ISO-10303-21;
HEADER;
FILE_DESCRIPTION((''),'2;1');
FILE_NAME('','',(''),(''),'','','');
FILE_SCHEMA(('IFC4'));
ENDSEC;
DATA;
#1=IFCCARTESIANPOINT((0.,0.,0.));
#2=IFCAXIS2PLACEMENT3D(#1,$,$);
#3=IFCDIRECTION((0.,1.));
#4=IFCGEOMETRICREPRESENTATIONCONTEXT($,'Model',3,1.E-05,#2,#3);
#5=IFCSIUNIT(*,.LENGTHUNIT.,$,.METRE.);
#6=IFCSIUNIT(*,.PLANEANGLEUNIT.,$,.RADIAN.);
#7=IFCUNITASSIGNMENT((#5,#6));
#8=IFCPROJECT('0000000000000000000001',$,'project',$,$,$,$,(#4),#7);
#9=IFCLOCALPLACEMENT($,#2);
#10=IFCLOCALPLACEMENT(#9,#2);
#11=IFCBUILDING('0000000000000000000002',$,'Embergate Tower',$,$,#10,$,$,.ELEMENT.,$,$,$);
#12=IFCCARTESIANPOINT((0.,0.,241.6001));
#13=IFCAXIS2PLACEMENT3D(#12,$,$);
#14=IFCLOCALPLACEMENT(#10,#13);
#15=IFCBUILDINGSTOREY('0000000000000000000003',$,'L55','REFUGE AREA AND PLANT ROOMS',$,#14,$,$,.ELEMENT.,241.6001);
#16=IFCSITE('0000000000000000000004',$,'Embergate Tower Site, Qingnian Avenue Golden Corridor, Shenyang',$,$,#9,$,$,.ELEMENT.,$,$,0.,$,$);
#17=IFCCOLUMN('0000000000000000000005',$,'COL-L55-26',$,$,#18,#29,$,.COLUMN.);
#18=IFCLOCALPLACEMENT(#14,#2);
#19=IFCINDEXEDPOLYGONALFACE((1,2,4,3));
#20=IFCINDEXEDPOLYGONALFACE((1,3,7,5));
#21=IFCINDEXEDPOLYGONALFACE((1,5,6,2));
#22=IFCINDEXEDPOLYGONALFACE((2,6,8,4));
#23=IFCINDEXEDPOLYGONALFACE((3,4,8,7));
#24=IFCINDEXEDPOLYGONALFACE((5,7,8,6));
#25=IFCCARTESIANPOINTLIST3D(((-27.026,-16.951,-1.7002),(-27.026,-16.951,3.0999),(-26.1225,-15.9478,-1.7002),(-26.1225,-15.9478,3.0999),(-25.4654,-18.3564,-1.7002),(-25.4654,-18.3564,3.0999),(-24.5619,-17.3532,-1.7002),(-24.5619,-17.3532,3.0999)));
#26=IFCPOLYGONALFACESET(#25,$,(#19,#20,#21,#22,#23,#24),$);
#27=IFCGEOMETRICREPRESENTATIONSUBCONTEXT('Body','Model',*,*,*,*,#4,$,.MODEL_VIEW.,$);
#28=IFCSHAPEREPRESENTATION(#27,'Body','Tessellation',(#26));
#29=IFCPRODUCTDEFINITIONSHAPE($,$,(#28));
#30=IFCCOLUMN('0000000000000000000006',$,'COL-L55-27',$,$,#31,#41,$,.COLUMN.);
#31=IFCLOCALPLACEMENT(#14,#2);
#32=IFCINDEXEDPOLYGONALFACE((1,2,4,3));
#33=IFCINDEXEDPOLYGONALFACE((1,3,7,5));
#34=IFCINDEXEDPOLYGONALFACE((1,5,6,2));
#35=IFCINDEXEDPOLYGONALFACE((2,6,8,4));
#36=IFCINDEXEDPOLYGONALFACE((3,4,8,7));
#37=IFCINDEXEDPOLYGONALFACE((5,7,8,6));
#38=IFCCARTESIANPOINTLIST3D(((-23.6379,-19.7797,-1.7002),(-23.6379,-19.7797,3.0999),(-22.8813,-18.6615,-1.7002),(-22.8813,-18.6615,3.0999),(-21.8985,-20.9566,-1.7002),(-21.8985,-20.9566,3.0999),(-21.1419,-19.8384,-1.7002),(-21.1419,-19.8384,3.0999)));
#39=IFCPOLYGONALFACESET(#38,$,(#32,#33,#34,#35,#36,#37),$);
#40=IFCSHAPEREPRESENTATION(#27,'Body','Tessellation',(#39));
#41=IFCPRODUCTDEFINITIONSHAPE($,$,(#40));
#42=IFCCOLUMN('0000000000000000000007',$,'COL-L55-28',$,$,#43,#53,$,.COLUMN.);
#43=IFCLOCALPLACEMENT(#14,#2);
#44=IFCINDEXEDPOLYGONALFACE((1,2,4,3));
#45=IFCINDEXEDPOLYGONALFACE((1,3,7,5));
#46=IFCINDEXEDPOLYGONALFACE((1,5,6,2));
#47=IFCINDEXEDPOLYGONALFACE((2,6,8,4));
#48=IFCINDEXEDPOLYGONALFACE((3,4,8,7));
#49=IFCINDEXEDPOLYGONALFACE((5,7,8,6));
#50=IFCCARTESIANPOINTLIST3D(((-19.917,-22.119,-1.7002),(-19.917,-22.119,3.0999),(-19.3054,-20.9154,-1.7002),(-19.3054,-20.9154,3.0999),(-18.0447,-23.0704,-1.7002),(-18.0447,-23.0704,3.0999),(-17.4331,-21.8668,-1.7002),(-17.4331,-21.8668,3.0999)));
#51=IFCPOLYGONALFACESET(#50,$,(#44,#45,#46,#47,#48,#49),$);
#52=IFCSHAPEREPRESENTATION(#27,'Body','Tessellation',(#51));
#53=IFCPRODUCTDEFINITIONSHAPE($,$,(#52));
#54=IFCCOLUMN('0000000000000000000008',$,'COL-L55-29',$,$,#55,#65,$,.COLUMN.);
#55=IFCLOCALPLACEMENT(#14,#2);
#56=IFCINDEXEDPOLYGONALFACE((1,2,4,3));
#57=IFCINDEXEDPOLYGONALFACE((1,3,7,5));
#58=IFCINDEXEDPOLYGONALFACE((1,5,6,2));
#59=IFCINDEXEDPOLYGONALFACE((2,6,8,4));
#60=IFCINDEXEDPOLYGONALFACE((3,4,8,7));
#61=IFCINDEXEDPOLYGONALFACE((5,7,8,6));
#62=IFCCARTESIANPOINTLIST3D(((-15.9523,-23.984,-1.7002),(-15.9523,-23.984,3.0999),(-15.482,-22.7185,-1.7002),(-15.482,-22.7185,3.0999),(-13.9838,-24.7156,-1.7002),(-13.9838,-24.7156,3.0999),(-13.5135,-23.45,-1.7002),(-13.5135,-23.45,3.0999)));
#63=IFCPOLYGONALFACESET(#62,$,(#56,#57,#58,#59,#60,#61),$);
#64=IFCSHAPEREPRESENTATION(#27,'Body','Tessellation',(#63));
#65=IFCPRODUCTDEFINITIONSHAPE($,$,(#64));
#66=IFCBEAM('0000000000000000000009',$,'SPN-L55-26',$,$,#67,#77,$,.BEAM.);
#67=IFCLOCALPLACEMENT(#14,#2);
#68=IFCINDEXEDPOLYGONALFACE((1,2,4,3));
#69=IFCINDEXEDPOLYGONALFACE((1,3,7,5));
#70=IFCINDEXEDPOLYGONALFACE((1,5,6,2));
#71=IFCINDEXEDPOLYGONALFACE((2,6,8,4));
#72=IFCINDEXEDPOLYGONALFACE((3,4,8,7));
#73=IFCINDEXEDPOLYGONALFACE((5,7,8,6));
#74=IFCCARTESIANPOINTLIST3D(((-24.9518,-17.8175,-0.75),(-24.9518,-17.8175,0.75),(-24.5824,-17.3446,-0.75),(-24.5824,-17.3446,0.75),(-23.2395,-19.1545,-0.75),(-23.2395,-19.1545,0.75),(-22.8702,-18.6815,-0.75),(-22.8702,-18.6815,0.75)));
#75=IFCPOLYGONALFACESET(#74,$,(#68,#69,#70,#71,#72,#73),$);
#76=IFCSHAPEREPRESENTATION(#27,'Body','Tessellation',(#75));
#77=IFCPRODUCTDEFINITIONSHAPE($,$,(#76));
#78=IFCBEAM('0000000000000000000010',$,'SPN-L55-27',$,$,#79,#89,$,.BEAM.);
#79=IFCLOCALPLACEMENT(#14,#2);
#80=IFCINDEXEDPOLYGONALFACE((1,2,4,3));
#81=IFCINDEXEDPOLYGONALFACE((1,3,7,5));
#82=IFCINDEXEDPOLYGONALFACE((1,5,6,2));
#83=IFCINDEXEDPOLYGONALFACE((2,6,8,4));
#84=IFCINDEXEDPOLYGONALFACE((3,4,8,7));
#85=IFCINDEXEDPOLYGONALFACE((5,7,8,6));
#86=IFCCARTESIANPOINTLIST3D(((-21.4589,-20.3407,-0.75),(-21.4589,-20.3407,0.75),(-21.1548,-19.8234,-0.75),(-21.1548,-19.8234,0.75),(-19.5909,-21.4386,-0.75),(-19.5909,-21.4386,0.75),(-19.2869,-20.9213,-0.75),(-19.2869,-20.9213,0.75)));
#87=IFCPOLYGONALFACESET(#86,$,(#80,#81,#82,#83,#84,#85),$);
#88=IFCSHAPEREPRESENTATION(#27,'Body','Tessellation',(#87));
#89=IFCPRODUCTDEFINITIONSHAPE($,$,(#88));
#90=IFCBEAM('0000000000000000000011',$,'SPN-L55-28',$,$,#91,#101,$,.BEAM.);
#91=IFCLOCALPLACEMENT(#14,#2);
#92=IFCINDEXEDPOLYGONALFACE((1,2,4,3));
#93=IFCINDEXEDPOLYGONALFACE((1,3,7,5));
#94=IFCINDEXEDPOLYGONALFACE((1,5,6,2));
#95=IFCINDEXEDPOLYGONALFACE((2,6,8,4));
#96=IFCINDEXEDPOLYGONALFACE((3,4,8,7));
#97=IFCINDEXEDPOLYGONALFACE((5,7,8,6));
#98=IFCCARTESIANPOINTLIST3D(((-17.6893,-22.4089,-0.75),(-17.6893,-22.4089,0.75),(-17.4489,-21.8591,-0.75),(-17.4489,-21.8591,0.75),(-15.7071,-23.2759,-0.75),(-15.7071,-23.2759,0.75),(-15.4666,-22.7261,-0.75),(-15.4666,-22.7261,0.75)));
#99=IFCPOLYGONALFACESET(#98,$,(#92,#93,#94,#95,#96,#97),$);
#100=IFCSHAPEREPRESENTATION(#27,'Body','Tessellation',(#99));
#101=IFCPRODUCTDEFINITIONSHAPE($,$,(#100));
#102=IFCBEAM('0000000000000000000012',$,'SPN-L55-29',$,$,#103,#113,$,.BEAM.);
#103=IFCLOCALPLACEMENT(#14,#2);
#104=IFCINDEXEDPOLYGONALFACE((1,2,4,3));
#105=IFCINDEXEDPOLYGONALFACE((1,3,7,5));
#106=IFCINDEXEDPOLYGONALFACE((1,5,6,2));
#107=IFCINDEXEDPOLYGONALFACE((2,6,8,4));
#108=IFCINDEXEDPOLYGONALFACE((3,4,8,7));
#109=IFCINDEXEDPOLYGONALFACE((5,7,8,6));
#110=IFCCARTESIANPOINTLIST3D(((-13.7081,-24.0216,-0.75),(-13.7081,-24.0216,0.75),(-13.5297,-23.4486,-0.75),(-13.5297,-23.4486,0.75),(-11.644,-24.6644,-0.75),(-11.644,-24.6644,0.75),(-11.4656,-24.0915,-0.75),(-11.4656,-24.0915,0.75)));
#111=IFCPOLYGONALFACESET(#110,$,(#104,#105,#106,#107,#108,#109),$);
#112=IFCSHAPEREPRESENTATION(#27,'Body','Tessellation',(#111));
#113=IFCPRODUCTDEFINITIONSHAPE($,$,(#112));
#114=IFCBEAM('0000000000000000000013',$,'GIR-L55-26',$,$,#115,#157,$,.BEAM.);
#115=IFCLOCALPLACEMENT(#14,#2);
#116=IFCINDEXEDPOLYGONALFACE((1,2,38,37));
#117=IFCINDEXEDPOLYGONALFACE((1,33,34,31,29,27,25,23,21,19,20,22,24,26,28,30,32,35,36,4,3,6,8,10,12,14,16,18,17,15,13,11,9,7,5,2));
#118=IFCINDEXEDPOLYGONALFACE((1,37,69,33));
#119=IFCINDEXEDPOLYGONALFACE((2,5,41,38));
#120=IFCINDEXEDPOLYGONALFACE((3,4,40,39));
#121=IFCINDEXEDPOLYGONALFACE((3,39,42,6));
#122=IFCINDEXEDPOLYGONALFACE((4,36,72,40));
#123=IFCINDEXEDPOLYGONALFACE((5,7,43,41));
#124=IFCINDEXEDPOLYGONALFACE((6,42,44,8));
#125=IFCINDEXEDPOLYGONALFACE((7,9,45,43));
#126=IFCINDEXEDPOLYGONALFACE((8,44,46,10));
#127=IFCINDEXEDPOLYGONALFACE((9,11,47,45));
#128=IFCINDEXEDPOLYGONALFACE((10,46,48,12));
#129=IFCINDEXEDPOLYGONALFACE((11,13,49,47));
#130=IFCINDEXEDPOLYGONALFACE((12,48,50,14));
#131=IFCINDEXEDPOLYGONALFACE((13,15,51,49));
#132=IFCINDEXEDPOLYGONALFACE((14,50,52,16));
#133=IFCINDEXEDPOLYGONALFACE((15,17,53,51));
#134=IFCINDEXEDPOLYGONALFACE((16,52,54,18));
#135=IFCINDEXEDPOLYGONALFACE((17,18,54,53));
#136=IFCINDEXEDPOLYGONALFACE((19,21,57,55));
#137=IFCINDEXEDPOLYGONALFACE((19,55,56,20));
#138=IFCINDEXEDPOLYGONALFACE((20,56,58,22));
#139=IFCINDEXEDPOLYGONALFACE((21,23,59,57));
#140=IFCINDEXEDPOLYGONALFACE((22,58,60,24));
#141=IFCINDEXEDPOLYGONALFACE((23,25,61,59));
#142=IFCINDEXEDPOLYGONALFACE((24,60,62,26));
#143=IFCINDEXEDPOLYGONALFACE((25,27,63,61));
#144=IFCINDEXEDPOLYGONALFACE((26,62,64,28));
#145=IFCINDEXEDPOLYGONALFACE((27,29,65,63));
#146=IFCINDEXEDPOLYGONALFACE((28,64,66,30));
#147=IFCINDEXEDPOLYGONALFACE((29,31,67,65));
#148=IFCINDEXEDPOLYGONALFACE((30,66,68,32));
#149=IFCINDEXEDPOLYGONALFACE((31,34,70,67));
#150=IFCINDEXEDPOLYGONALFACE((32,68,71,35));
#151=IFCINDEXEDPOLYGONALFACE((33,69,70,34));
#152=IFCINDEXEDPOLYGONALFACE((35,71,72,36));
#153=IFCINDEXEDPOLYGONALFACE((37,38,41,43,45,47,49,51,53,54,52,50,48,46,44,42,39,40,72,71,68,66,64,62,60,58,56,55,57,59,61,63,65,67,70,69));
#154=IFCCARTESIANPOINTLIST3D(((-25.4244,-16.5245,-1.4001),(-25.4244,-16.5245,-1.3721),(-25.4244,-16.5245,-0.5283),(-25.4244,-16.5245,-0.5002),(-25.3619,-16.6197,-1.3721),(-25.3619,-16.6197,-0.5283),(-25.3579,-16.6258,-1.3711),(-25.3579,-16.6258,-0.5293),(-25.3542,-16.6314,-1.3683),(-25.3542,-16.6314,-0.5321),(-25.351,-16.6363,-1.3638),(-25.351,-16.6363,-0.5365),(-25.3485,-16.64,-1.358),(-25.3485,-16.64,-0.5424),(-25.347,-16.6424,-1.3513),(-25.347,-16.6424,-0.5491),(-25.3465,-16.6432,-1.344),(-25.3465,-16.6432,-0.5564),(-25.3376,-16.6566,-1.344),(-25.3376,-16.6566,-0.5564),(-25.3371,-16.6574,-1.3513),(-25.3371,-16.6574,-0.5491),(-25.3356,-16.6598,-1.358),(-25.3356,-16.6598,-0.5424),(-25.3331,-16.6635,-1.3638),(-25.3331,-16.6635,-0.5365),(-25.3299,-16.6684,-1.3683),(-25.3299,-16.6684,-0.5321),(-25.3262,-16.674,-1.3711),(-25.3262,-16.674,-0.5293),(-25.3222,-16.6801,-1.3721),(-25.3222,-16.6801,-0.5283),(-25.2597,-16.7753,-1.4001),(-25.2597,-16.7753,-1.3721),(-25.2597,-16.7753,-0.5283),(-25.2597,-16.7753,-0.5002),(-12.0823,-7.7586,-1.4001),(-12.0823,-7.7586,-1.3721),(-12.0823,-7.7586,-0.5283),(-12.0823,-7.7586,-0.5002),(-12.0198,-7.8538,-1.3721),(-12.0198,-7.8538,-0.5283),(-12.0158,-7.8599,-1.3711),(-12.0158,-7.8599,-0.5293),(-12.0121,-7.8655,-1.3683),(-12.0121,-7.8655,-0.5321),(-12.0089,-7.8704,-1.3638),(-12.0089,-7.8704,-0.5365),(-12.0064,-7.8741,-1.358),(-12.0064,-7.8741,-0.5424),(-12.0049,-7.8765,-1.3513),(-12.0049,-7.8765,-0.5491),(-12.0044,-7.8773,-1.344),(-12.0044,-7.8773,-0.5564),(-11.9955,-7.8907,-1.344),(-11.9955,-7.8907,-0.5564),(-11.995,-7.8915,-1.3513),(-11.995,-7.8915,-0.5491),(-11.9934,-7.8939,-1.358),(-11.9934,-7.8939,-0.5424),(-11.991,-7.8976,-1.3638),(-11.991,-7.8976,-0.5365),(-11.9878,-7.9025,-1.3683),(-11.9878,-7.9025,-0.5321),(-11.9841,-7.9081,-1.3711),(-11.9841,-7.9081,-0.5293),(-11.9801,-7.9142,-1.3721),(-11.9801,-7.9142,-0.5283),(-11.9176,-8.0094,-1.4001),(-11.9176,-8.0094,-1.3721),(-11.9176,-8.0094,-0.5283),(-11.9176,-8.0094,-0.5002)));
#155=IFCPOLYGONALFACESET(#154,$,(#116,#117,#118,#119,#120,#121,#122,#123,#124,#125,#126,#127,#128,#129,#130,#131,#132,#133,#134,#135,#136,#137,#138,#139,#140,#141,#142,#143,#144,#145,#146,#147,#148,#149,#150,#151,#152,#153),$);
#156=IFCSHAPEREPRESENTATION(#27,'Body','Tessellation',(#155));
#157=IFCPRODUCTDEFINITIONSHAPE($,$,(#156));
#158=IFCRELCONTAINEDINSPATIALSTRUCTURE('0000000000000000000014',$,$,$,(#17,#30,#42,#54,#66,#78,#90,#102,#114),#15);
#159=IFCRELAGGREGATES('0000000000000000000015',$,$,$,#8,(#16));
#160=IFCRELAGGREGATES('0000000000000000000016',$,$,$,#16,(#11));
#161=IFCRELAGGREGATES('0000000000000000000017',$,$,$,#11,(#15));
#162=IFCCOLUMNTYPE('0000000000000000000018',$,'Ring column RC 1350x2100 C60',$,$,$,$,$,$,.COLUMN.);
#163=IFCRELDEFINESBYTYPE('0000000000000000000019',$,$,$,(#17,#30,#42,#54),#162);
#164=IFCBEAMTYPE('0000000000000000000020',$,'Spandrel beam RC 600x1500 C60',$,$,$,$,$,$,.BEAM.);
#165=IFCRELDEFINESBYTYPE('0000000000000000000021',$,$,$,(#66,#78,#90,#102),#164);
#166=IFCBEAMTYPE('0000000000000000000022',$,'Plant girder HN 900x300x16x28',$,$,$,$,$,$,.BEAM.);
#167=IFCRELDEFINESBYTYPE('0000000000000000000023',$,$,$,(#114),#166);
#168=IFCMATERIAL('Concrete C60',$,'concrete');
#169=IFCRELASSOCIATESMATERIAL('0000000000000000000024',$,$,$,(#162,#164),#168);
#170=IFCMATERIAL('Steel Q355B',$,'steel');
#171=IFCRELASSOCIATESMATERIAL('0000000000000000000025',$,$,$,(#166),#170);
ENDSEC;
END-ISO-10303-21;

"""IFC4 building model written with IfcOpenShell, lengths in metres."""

from ifc_helpers import new_model, si_unit, direction, frame, origin, origin_2d, place, context, subcontext, project, spatial, rectangle, i_section, extrude, source, transform, mapped, material, material_profile, profile_set, type_object, element, save


model = new_model("IFC4")

# Units and contexts
model_context = context("Model", 3, precision=1e-05, world=origin(), true_north=direction((0.0, 1.0)))
body_context = subcontext(model_context, "Body", "Model", "MODEL_VIEW")
ifc_project = project(units=[si_unit("LENGTHUNIT", "METRE"), si_unit("PLANEANGLEUNIT", "RADIAN")], contexts=[model_context])

# Site, building, storey
site_placement = place(None, origin())
site = spatial("IfcSite", under=ifc_project, at=site_placement, Name="Embergate Tower Site, Qingnian Avenue Golden Corridor, Shenyang", CompositionType="ELEMENT", RefElevation=0.0)
building_placement = place(site_placement, origin())
building = spatial("IfcBuilding", under=site, at=building_placement, Name="Embergate Tower", CompositionType="ELEMENT")
storey_placement = place(building_placement, frame((0.0, 0.0, 241.6001)))
storey = spatial("IfcBuildingStorey", under=building, at=storey_placement, Name="L55", Description="REFUGE AREA AND PLANT ROOMS", CompositionType="ELEMENT", Elevation=241.6001)

# Columns
ifc_material_1 = material(Name="Concrete C60", Category="concrete")
ifc_material_profile_1 = material_profile(ifc_material_1, rectangle(XDim=1.3501, YDim=2.1001, at=origin_2d()), Name="RC 1350x2100")
ifc_profile_set_1 = profile_set([ifc_material_profile_1], Name="Concrete C60")
column_type = type_object("IfcColumnType", Name="Ring column RC 1350x2100 C60", PredefinedType="COLUMN", material=ifc_profile_set_1)
shared_shape_1 = source(origin(), body_context, "Body", "SweptSolid", [
    extrude(rectangle(XDim=1.3501, YDim=2.1001, at=origin_2d()), origin(), (0.0, 0.0, 1.0), 4.8),
])
for number, where, z_axis, x_axis, name in (
    (1, (-25.7939, -17.1521, -1.7002), (0.0, 0.0, 1.0), (-0.669208, -0.743075, 0.0), "COL-L55-26"),
    (2, (-22.3899, -19.8091, -1.7002), (0.0, 0.0, 1.0), (-0.560393, -0.828227, 0.0), "COL-L55-27"),
    (3, (-18.675, -21.9929, -1.7002), (0.0, 0.0, 1.0), (-0.453011, -0.891505, 0.0), "COL-L55-28"),
    (4, (-14.7329, -23.717, -1.7002), (0.0, 0.0, 1.0), (-0.348343, -0.937367, 0.0), "COL-L55-29"),
):
    element("IfcColumn", number, at=place(storey_placement, frame(where, z_axis=z_axis, x_axis=x_axis)), inside=storey, type_object=column_type, Name=name, PredefinedType="COLUMN", context=body_context, shape_type="MappedRepresentation", body=[
        mapped(shared_shape_1, transform((0.0, 0.0, 0.0))),
    ])

# Beams
ifc_material_profile_2 = material_profile(ifc_material_1, rectangle(XDim=0.6001, YDim=1.5, at=origin_2d()), Name="RC 600x1500")
ifc_profile_set_2 = profile_set([ifc_material_profile_2], Name="Concrete C60")
beam_type_1 = type_object("IfcBeamType", Name="Spandrel beam RC 600x1500 C60", PredefinedType="BEAM", material=ifc_profile_set_2)
shared_shape_2 = source(origin(), body_context, "Body", "SweptSolid", [
    extrude(rectangle(XDim=0.6001, YDim=1.5, at=origin_2d()), origin(), (0.0, 0.0, 1.0), 2.1724),
])
beam_1_placement = place(storey_placement, frame((-24.7671, -17.5811, 0.0), z_axis=(0.788183, -0.615441, 0.0), x_axis=(0.615441, 0.788183, 0.0)))
element("IfcBeam", 5, at=beam_1_placement, inside=storey, type_object=beam_type_1, Name="SPN-L55-26", PredefinedType="BEAM", context=body_context, shape_type="MappedRepresentation", body=[
    mapped(shared_shape_2, transform((0.0, 0.0, 0.0))),
])
shared_shape_3 = source(origin(), body_context, "Body", "SweptSolid", [
    extrude(rectangle(XDim=0.6001, YDim=1.5, at=origin_2d()), origin(), (0.0, 0.0, 1.0), 2.1667),
])
beam_2_placement = place(storey_placement, frame((-21.3069, -20.082, 0.0), z_axis=(0.862111, -0.50672, 0.0), x_axis=(0.50672, 0.862111, 0.0)))
element("IfcBeam", 6, at=beam_2_placement, inside=storey, type_object=beam_type_1, Name="SPN-L55-27", PredefinedType="BEAM", context=body_context, shape_type="MappedRepresentation", body=[
    mapped(shared_shape_3, transform((0.0, 0.0, 0.0))),
])
shared_shape_4 = source(origin(), body_context, "Body", "SweptSolid", [
    extrude(rectangle(XDim=0.6001, YDim=1.5, at=origin_2d()), origin(), (0.0, 0.0, 1.0), 2.1636),
])
beam_3_placement = place(storey_placement, frame((-17.5691, -22.134, 0.0), z_axis=(0.916201, -0.400718, 0.0), x_axis=(0.400718, 0.916201, 0.0)))
element("IfcBeam", 7, at=beam_3_placement, inside=storey, type_object=beam_type_1, Name="SPN-L55-28", PredefinedType="BEAM", context=body_context, shape_type="MappedRepresentation", body=[
    mapped(shared_shape_4, transform((0.0, 0.0, 0.0))),
])
shared_shape_5 = source(origin(), body_context, "Body", "SweptSolid", [
    extrude(rectangle(XDim=0.6001, YDim=1.5, at=origin_2d()), origin(), (0.0, 0.0, 1.0), 2.1619),
])
beam_4_placement = place(storey_placement, frame((-13.6189, -23.7351, 0.0), z_axis=(0.954765, -0.297362, 0.0), x_axis=(0.297362, 0.954765, 0.0)))
element("IfcBeam", 8, at=beam_4_placement, inside=storey, type_object=beam_type_1, Name="SPN-L55-29", PredefinedType="BEAM", context=body_context, shape_type="MappedRepresentation", body=[
    mapped(shared_shape_5, transform((0.0, 0.0, 0.0))),
])
ifc_material_2 = material(Name="Steel Q355B", Category="steel")
ifc_material_profile_3 = material_profile(ifc_material_2, i_section(OverallWidth=0.3, OverallDepth=0.8999, WebThickness=0.0161, FlangeThickness=0.0281, FilletRadius=0.0281, at=origin_2d()), Name="HN 900x300x16x28")
ifc_profile_set_3 = profile_set([ifc_material_profile_3], Name="Steel Q355 grade B")
beam_type_2 = type_object("IfcBeamType", Name="Plant girder HN 900x300x16x28", PredefinedType="BEAM", material=ifc_profile_set_3)
shared_shape_6 = source(origin(), body_context, "Body", "SweptSolid", [
    extrude(i_section(OverallWidth=0.3, OverallDepth=0.8999, WebThickness=0.0161, FlangeThickness=0.0281, FilletRadius=0.0281, at=origin_2d()), origin(), (0.0, 0.0, 1.0), 15.9641),
])
beam_5_placement = place(storey_placement, frame((-25.342, -16.6499, -0.9502), z_axis=(0.835756, 0.549101, 0.0), x_axis=(-0.549101, 0.835756, 0.0)))
element("IfcBeam", 9, at=beam_5_placement, inside=storey, type_object=beam_type_2, Name="GIR-L55-26", PredefinedType="BEAM", context=body_context, shape_type="MappedRepresentation", body=[
    mapped(shared_shape_6, transform((0.0, 0.0, 0.0))),
])

save(model, "model.ifc")
